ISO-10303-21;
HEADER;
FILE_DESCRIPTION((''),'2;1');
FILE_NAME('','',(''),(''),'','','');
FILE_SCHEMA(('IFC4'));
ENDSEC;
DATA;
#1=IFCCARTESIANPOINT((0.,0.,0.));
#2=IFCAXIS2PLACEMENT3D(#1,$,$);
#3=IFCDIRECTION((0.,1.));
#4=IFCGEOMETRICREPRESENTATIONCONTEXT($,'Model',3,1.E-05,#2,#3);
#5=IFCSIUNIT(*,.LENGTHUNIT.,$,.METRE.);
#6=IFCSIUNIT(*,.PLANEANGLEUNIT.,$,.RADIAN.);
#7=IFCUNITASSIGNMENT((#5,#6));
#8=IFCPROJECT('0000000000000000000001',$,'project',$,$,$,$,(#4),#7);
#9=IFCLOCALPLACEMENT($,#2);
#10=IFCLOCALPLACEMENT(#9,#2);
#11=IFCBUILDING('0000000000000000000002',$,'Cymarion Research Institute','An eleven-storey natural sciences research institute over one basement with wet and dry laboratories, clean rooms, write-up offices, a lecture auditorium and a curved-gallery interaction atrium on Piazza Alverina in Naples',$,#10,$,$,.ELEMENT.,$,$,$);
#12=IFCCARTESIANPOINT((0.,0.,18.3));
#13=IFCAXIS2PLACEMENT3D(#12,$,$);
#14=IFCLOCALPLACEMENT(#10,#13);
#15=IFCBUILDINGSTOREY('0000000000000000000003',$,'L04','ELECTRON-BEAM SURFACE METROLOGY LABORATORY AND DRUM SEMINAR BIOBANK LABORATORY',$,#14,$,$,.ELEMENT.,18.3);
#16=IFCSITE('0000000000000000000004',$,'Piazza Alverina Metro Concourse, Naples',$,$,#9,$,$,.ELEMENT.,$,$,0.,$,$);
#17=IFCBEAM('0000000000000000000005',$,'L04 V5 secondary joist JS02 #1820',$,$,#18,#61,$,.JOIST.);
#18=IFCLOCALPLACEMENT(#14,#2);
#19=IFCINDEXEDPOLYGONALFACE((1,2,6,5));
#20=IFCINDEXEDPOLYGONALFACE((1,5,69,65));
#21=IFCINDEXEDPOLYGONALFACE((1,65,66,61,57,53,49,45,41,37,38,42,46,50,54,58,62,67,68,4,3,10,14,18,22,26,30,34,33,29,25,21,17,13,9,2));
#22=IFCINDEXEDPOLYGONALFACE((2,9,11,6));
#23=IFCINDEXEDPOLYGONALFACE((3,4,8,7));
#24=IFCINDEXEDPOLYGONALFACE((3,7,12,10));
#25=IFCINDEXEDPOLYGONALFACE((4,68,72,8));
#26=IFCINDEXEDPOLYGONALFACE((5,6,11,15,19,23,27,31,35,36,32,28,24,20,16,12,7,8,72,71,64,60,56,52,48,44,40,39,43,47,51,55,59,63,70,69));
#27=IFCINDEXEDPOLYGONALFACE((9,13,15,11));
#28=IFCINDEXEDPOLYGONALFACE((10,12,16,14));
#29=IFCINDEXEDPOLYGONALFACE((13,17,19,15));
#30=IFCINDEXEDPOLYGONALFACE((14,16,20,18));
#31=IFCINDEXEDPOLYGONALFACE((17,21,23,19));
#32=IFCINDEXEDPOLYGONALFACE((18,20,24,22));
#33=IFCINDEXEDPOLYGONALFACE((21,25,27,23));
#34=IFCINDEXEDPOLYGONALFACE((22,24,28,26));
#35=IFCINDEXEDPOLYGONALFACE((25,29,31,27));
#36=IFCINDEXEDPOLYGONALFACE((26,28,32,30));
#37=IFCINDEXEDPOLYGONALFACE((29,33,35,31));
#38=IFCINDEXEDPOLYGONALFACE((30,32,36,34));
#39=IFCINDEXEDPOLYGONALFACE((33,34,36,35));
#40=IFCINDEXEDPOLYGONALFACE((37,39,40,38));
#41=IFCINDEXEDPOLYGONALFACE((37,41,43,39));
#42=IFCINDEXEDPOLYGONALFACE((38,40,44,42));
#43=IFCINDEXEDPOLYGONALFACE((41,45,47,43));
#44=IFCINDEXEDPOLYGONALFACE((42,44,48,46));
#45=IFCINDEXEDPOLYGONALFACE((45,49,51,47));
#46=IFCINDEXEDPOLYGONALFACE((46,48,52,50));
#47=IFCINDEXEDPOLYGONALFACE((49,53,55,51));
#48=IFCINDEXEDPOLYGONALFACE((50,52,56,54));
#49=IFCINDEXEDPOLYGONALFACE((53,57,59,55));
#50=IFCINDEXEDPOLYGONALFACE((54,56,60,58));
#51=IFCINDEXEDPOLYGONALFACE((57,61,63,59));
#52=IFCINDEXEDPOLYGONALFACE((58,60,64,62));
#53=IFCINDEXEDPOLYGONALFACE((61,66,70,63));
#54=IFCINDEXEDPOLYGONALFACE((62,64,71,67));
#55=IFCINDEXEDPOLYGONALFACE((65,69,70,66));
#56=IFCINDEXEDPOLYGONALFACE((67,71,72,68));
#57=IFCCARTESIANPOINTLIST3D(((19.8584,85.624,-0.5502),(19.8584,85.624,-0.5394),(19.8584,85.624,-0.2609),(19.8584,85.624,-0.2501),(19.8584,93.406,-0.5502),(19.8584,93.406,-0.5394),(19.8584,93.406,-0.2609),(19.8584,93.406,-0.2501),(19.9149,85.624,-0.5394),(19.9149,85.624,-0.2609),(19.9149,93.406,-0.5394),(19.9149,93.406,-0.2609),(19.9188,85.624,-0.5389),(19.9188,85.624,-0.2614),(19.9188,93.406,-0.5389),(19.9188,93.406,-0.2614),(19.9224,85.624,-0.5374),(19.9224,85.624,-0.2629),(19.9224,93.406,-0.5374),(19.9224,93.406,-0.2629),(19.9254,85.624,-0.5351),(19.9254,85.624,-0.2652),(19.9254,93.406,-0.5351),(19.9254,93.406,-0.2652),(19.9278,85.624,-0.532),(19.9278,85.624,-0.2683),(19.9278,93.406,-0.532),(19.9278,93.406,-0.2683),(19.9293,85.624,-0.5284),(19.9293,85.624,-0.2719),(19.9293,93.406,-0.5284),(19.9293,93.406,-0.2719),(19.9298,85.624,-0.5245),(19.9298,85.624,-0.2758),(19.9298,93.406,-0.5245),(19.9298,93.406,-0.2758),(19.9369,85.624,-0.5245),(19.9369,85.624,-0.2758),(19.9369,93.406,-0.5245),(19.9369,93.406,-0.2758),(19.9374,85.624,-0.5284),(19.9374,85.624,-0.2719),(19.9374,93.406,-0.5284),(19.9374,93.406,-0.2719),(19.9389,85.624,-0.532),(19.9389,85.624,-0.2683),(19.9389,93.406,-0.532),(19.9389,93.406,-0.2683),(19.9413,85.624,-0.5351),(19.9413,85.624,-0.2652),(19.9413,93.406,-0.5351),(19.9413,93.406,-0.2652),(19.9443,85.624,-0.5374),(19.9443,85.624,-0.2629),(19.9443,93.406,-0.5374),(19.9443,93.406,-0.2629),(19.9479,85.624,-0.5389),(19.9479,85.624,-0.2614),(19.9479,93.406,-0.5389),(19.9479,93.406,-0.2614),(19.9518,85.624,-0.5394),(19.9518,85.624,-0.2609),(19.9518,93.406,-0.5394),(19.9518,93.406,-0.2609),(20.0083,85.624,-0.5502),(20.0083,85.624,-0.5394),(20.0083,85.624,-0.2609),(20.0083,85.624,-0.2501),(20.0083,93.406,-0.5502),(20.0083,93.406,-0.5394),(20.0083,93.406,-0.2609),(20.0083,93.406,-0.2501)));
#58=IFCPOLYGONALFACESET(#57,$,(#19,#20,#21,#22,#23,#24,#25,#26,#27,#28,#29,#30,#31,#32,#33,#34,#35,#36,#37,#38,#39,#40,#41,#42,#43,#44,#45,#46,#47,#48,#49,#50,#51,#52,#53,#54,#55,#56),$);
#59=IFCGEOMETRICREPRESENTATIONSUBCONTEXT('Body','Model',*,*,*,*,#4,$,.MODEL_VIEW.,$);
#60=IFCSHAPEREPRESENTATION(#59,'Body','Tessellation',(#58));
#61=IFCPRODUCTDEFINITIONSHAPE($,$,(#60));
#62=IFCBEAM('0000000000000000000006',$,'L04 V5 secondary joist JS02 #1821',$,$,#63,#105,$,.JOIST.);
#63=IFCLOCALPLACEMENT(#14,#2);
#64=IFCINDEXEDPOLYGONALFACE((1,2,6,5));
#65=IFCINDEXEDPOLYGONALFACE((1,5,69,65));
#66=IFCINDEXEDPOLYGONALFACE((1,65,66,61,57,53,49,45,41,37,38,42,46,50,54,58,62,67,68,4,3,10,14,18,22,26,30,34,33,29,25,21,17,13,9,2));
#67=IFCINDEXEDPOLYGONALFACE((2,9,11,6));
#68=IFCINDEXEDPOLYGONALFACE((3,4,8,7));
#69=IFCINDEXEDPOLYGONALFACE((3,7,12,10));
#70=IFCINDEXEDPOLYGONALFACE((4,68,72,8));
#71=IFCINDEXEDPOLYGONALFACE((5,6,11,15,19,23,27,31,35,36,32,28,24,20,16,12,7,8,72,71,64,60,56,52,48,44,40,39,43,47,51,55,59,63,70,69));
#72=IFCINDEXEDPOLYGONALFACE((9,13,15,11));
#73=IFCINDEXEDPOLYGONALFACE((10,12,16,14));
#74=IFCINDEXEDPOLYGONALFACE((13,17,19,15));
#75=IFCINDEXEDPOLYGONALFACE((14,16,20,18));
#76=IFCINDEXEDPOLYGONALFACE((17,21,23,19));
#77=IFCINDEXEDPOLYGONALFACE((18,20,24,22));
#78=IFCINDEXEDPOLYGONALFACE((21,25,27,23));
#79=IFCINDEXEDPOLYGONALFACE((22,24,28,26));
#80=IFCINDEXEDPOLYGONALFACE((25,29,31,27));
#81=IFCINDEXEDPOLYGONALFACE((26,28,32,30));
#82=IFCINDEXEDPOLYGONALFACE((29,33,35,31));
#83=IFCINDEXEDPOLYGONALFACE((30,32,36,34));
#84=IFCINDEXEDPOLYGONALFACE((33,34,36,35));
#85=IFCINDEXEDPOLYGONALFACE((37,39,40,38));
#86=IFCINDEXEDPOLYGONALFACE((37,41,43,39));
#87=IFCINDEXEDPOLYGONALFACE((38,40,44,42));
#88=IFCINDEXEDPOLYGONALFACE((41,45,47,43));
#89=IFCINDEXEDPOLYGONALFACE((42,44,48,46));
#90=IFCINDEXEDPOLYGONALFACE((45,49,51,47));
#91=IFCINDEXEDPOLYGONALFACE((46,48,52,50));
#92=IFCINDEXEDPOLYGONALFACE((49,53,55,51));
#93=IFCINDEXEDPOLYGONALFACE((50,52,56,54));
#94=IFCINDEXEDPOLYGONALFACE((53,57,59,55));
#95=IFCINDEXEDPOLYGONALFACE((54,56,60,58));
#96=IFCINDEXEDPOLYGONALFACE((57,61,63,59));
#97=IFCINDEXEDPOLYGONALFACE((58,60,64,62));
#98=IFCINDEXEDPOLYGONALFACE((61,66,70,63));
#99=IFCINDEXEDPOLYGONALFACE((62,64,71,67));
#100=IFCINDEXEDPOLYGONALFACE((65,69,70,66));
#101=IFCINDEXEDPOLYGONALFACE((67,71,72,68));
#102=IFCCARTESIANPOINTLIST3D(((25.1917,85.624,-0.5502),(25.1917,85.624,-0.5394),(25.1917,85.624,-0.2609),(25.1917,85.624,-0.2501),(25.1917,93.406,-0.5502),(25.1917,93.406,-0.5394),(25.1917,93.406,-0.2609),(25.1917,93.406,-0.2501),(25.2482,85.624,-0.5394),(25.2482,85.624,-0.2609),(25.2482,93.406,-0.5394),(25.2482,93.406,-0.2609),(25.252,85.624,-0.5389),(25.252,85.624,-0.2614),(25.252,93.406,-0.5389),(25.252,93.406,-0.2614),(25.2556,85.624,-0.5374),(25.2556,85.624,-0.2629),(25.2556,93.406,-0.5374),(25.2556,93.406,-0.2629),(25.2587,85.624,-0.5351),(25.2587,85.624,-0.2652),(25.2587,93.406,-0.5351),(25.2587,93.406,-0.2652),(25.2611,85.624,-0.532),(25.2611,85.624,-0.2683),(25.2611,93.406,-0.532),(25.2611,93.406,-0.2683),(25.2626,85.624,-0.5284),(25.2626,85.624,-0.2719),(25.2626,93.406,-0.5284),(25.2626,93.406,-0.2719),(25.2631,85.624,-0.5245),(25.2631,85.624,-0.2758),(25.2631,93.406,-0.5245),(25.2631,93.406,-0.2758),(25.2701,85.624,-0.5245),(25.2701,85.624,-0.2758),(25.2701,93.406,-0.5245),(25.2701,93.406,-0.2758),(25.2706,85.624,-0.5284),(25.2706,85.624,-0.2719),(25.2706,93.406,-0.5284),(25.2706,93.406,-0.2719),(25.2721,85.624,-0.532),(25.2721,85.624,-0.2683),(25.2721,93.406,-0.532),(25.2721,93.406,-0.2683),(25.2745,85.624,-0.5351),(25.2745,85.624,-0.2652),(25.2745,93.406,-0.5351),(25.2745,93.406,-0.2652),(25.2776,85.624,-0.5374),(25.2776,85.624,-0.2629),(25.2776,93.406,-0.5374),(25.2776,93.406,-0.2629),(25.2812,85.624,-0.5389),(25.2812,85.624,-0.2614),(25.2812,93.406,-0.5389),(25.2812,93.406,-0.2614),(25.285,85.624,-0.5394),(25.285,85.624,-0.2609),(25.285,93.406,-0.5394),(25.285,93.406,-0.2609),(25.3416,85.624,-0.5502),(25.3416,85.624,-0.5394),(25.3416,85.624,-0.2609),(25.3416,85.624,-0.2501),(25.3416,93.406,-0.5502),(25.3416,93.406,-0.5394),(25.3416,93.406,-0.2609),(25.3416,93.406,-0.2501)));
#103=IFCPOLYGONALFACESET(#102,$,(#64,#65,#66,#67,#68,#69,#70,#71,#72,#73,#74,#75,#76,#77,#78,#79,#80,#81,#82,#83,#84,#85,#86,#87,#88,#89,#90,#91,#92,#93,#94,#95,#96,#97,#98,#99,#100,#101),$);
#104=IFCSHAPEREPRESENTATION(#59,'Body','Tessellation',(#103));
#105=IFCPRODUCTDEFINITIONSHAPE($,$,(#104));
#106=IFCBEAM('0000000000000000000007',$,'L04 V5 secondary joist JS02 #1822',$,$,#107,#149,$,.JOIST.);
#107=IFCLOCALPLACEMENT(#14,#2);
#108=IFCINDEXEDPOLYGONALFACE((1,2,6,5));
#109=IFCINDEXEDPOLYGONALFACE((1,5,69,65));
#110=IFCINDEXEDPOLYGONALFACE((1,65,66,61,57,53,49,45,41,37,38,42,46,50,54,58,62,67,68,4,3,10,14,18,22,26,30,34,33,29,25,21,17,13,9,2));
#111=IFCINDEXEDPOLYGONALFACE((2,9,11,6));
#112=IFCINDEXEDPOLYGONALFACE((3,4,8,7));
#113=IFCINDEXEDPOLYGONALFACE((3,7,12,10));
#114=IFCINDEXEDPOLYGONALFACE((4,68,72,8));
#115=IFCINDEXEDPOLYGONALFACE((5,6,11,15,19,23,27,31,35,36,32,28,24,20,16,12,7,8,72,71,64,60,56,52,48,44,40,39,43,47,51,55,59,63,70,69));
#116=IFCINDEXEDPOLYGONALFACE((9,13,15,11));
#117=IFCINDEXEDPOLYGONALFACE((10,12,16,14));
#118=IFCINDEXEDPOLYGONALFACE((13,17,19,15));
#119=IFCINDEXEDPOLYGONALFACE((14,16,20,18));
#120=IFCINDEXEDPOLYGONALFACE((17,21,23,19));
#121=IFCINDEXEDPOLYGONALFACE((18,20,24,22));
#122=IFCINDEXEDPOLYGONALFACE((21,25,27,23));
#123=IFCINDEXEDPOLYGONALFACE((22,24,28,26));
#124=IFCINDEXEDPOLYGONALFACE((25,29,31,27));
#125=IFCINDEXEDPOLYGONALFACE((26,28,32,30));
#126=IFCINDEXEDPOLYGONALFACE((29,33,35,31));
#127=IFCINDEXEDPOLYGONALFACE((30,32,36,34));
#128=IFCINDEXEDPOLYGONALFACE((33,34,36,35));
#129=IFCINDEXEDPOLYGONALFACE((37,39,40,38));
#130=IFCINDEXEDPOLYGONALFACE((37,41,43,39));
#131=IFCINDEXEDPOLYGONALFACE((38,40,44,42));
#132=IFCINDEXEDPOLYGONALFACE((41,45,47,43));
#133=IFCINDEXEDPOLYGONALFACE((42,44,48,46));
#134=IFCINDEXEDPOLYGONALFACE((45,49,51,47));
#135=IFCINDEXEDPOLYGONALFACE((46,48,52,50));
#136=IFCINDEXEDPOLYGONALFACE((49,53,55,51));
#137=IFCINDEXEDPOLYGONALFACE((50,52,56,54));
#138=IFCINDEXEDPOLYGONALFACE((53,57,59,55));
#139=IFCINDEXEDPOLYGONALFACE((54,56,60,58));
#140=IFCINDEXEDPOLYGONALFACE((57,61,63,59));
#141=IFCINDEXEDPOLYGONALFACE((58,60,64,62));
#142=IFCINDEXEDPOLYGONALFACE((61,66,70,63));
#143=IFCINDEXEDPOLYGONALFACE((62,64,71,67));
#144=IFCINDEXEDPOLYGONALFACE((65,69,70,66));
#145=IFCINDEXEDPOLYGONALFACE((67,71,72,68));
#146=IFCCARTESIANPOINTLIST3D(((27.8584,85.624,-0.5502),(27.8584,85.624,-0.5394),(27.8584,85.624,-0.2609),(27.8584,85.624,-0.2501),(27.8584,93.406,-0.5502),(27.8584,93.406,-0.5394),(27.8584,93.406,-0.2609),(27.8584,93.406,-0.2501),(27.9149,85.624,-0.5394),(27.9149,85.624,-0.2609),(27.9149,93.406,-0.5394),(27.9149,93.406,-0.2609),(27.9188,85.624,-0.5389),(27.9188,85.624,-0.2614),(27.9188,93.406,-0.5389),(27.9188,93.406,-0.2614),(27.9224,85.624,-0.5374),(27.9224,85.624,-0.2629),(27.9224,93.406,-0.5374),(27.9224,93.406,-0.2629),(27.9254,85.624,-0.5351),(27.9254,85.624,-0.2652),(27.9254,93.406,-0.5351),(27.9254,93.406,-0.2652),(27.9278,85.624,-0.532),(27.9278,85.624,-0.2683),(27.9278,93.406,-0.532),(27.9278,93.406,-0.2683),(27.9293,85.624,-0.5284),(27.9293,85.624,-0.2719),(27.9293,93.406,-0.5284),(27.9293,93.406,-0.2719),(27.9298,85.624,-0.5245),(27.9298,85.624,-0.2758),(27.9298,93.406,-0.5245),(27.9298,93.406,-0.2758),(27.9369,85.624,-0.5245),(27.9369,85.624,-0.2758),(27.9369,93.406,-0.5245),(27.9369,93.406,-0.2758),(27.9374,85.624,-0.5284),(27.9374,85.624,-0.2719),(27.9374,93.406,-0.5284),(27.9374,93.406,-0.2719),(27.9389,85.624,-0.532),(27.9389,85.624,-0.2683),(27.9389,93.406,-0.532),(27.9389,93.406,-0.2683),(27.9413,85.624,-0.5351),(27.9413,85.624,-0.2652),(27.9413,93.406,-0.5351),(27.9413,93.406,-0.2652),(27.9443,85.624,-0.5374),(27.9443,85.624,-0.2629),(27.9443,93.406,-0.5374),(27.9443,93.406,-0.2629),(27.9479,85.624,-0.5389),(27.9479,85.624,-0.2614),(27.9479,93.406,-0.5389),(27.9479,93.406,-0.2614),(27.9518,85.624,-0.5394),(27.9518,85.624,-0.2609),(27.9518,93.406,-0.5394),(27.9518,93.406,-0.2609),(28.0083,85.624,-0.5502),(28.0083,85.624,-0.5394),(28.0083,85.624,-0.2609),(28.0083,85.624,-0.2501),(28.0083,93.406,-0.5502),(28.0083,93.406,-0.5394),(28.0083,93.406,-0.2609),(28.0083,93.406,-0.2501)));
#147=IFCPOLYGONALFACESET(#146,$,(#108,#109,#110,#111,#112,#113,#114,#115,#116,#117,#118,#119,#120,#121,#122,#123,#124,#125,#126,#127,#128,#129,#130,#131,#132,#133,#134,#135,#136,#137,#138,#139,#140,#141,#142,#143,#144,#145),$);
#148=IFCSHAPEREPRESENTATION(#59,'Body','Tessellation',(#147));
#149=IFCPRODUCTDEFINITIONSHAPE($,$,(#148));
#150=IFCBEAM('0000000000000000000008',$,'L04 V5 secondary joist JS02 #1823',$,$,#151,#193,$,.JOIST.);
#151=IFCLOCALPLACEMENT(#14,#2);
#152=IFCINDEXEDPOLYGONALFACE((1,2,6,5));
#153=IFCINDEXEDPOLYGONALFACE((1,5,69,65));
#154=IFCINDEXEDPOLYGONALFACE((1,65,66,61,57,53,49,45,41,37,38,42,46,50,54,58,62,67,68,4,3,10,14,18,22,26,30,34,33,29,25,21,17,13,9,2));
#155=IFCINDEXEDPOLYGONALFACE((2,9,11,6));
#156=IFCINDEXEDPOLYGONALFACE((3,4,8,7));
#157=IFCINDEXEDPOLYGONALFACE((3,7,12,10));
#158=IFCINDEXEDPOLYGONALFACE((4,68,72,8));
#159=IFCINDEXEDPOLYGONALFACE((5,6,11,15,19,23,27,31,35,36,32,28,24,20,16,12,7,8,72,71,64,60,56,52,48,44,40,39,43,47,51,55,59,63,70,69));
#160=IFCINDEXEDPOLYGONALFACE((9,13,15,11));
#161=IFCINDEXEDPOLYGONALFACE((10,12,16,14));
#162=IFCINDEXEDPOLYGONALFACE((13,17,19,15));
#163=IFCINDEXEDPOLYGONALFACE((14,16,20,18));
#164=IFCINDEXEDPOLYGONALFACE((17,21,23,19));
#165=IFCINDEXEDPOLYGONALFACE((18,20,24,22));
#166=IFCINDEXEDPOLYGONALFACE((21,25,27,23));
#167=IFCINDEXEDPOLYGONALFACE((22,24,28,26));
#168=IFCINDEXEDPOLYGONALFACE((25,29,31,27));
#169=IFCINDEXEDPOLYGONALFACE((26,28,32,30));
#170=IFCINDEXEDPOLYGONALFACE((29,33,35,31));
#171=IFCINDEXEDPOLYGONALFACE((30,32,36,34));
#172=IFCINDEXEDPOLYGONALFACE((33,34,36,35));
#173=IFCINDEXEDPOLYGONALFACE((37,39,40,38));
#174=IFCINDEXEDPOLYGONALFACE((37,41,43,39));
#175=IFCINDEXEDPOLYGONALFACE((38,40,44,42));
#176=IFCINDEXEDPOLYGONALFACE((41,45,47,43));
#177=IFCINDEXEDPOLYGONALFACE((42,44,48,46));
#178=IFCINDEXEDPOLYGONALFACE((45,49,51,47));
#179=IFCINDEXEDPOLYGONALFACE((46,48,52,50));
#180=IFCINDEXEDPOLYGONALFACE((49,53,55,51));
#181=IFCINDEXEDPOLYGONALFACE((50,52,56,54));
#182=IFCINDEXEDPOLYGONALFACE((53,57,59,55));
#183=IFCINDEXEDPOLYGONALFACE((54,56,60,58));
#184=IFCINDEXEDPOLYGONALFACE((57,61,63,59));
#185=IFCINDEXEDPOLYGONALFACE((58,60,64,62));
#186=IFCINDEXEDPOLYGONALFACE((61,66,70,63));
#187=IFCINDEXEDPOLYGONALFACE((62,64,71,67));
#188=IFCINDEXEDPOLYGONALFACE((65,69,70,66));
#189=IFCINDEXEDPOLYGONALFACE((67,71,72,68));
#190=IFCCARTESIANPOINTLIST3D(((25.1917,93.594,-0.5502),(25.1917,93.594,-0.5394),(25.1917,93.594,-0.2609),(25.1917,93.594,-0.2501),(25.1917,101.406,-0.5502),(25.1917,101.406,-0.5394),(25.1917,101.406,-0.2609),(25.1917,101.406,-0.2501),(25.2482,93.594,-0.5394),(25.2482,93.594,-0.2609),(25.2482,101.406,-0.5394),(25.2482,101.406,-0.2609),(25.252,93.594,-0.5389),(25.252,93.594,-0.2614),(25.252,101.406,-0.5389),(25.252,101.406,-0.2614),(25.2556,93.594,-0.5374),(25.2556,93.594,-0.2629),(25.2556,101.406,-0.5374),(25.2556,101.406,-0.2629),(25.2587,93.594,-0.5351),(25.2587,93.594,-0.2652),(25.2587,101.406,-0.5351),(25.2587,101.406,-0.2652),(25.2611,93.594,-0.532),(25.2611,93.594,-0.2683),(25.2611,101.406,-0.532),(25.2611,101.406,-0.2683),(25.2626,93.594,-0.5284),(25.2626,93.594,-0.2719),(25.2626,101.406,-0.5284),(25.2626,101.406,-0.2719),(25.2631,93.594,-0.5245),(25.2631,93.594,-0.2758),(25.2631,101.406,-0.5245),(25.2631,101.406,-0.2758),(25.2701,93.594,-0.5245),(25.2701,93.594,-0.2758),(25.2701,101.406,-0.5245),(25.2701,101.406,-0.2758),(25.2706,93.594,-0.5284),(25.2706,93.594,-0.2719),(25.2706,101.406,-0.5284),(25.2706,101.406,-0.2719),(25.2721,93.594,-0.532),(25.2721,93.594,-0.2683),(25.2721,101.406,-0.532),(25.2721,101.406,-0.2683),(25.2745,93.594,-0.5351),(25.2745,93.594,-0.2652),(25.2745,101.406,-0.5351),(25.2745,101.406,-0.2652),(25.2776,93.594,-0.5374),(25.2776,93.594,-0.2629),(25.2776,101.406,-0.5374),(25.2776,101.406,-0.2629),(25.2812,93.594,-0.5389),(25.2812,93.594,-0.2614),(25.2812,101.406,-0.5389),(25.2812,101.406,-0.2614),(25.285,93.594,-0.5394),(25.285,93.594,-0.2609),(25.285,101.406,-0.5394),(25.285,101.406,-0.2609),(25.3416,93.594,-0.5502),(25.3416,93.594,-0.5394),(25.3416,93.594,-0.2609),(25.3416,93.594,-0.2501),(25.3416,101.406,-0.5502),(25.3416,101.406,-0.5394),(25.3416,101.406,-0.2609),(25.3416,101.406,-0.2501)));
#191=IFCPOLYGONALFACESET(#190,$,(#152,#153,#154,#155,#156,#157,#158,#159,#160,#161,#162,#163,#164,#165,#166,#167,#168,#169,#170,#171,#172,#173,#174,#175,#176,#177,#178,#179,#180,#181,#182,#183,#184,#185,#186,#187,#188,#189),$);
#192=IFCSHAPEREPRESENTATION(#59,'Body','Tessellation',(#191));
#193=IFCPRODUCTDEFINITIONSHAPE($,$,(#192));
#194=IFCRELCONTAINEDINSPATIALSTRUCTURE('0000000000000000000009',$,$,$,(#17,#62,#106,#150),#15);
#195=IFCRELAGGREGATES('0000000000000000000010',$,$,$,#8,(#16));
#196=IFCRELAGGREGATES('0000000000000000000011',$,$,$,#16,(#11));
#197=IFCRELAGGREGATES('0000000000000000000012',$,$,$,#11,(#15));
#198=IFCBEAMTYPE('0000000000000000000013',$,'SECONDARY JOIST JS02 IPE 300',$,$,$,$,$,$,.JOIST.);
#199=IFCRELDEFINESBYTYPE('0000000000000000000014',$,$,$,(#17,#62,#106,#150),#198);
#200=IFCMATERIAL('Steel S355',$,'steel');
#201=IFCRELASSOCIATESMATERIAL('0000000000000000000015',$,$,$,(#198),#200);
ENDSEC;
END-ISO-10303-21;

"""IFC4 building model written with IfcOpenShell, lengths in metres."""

from ifc_helpers import new_model, si_unit, direction, frame, origin, origin_2d, place, context, subcontext, project, spatial, i_section, extrude, material, material_profile, profile_set, type_object, element, save


model = new_model("IFC4")

# Units and contexts
model_context = context("Model", 3, precision=1e-05, world=origin(), true_north=direction((0.0, 1.0)))
body_context = subcontext(model_context, "Body", "Model", "MODEL_VIEW")
ifc_project = project(units=[si_unit("LENGTHUNIT", "METRE"), si_unit("PLANEANGLEUNIT", "RADIAN")], contexts=[model_context])

# Site, building, storey
site_placement = place(None, origin())
site = spatial("IfcSite", under=ifc_project, at=site_placement, Name="Piazza Alverina Metro Concourse, Naples", CompositionType="ELEMENT", RefElevation=0.0)
building_placement = place(site_placement, origin())
building = spatial("IfcBuilding", under=site, at=building_placement, Name="Cymarion Research Institute", Description="An eleven-storey natural sciences research institute over one basement with wet and dry laboratories, clean rooms, write-up offices, a lecture auditorium and a curved-gallery interaction atrium on Piazza Alverina in Naples", CompositionType="ELEMENT")
storey_placement = place(building_placement, frame((0.0, 0.0, 18.3)))
storey = spatial("IfcBuildingStorey", under=building, at=storey_placement, Name="L04", Description="ELECTRON-BEAM SURFACE METROLOGY LABORATORY AND DRUM SEMINAR BIOBANK LABORATORY", CompositionType="ELEMENT", Elevation=18.3)

# Shared definitions
ifc_material_1 = material(Name="Steel S355", Category="steel")

# Beams
ifc_material_profile_1 = material_profile(ifc_material_1, i_section(OverallWidth=0.1499, OverallDepth=0.3, WebThickness=0.0071, FlangeThickness=0.0107, FilletRadius=0.0149, at=origin_2d()), Name="IPE 300")
ifc_profile_set_1 = profile_set([ifc_material_profile_1], Name="Steel S355")
beam_type_1 = type_object("IfcBeamType", Name="SECONDARY JOIST JS02 IPE 300", PredefinedType="JOIST", material=ifc_profile_set_1)
for number, where, z_axis, x_axis, name in (
    (1, (19.9333, 85.624, -0.4001), (0.0, 1.0, 0.0), (-1.0, 0.0, 0.0), "L04 V5 secondary joist JS02 #1820"),
    (2, (25.2666, 85.624, -0.4001), (0.0, 1.0, 0.0), (-1.0, 0.0, 0.0), "L04 V5 secondary joist JS02 #1821"),
    (3, (27.9333, 85.624, -0.4001), (0.0, 1.0, 0.0), (-1.0, 0.0, 0.0), "L04 V5 secondary joist JS02 #1822"),
):
    element("IfcBeam", number, at=place(storey_placement, frame(where, z_axis=z_axis, x_axis=x_axis)), inside=storey, type_object=beam_type_1, Name=name, PredefinedType="JOIST", context=body_context, shape_type="SweptSolid", body=[
        extrude(i_section(OverallWidth=0.1499, OverallDepth=0.3, WebThickness=0.0071, FlangeThickness=0.0107, FilletRadius=0.0149, at=origin_2d()), origin(), (0.0, 0.0, 1.0), 7.782),
    ])
for number, where, z_axis, x_axis, name in (
    (4, (25.2666, 93.594, -0.4001), (0.0, 1.0, 0.0), (-1.0, 0.0, 0.0), "L04 V5 secondary joist JS02 #1823"),
):
    element("IfcBeam", number, at=place(storey_placement, frame(where, z_axis=z_axis, x_axis=x_axis)), inside=storey, type_object=beam_type_1, Name=name, PredefinedType="JOIST", context=body_context, shape_type="SweptSolid", body=[
        extrude(i_section(OverallWidth=0.1499, OverallDepth=0.3, WebThickness=0.0071, FlangeThickness=0.0107, FilletRadius=0.0149, at=origin_2d()), origin(), (0.0, 0.0, 1.0), 7.812),
    ])

save(model, "model.ifc")
